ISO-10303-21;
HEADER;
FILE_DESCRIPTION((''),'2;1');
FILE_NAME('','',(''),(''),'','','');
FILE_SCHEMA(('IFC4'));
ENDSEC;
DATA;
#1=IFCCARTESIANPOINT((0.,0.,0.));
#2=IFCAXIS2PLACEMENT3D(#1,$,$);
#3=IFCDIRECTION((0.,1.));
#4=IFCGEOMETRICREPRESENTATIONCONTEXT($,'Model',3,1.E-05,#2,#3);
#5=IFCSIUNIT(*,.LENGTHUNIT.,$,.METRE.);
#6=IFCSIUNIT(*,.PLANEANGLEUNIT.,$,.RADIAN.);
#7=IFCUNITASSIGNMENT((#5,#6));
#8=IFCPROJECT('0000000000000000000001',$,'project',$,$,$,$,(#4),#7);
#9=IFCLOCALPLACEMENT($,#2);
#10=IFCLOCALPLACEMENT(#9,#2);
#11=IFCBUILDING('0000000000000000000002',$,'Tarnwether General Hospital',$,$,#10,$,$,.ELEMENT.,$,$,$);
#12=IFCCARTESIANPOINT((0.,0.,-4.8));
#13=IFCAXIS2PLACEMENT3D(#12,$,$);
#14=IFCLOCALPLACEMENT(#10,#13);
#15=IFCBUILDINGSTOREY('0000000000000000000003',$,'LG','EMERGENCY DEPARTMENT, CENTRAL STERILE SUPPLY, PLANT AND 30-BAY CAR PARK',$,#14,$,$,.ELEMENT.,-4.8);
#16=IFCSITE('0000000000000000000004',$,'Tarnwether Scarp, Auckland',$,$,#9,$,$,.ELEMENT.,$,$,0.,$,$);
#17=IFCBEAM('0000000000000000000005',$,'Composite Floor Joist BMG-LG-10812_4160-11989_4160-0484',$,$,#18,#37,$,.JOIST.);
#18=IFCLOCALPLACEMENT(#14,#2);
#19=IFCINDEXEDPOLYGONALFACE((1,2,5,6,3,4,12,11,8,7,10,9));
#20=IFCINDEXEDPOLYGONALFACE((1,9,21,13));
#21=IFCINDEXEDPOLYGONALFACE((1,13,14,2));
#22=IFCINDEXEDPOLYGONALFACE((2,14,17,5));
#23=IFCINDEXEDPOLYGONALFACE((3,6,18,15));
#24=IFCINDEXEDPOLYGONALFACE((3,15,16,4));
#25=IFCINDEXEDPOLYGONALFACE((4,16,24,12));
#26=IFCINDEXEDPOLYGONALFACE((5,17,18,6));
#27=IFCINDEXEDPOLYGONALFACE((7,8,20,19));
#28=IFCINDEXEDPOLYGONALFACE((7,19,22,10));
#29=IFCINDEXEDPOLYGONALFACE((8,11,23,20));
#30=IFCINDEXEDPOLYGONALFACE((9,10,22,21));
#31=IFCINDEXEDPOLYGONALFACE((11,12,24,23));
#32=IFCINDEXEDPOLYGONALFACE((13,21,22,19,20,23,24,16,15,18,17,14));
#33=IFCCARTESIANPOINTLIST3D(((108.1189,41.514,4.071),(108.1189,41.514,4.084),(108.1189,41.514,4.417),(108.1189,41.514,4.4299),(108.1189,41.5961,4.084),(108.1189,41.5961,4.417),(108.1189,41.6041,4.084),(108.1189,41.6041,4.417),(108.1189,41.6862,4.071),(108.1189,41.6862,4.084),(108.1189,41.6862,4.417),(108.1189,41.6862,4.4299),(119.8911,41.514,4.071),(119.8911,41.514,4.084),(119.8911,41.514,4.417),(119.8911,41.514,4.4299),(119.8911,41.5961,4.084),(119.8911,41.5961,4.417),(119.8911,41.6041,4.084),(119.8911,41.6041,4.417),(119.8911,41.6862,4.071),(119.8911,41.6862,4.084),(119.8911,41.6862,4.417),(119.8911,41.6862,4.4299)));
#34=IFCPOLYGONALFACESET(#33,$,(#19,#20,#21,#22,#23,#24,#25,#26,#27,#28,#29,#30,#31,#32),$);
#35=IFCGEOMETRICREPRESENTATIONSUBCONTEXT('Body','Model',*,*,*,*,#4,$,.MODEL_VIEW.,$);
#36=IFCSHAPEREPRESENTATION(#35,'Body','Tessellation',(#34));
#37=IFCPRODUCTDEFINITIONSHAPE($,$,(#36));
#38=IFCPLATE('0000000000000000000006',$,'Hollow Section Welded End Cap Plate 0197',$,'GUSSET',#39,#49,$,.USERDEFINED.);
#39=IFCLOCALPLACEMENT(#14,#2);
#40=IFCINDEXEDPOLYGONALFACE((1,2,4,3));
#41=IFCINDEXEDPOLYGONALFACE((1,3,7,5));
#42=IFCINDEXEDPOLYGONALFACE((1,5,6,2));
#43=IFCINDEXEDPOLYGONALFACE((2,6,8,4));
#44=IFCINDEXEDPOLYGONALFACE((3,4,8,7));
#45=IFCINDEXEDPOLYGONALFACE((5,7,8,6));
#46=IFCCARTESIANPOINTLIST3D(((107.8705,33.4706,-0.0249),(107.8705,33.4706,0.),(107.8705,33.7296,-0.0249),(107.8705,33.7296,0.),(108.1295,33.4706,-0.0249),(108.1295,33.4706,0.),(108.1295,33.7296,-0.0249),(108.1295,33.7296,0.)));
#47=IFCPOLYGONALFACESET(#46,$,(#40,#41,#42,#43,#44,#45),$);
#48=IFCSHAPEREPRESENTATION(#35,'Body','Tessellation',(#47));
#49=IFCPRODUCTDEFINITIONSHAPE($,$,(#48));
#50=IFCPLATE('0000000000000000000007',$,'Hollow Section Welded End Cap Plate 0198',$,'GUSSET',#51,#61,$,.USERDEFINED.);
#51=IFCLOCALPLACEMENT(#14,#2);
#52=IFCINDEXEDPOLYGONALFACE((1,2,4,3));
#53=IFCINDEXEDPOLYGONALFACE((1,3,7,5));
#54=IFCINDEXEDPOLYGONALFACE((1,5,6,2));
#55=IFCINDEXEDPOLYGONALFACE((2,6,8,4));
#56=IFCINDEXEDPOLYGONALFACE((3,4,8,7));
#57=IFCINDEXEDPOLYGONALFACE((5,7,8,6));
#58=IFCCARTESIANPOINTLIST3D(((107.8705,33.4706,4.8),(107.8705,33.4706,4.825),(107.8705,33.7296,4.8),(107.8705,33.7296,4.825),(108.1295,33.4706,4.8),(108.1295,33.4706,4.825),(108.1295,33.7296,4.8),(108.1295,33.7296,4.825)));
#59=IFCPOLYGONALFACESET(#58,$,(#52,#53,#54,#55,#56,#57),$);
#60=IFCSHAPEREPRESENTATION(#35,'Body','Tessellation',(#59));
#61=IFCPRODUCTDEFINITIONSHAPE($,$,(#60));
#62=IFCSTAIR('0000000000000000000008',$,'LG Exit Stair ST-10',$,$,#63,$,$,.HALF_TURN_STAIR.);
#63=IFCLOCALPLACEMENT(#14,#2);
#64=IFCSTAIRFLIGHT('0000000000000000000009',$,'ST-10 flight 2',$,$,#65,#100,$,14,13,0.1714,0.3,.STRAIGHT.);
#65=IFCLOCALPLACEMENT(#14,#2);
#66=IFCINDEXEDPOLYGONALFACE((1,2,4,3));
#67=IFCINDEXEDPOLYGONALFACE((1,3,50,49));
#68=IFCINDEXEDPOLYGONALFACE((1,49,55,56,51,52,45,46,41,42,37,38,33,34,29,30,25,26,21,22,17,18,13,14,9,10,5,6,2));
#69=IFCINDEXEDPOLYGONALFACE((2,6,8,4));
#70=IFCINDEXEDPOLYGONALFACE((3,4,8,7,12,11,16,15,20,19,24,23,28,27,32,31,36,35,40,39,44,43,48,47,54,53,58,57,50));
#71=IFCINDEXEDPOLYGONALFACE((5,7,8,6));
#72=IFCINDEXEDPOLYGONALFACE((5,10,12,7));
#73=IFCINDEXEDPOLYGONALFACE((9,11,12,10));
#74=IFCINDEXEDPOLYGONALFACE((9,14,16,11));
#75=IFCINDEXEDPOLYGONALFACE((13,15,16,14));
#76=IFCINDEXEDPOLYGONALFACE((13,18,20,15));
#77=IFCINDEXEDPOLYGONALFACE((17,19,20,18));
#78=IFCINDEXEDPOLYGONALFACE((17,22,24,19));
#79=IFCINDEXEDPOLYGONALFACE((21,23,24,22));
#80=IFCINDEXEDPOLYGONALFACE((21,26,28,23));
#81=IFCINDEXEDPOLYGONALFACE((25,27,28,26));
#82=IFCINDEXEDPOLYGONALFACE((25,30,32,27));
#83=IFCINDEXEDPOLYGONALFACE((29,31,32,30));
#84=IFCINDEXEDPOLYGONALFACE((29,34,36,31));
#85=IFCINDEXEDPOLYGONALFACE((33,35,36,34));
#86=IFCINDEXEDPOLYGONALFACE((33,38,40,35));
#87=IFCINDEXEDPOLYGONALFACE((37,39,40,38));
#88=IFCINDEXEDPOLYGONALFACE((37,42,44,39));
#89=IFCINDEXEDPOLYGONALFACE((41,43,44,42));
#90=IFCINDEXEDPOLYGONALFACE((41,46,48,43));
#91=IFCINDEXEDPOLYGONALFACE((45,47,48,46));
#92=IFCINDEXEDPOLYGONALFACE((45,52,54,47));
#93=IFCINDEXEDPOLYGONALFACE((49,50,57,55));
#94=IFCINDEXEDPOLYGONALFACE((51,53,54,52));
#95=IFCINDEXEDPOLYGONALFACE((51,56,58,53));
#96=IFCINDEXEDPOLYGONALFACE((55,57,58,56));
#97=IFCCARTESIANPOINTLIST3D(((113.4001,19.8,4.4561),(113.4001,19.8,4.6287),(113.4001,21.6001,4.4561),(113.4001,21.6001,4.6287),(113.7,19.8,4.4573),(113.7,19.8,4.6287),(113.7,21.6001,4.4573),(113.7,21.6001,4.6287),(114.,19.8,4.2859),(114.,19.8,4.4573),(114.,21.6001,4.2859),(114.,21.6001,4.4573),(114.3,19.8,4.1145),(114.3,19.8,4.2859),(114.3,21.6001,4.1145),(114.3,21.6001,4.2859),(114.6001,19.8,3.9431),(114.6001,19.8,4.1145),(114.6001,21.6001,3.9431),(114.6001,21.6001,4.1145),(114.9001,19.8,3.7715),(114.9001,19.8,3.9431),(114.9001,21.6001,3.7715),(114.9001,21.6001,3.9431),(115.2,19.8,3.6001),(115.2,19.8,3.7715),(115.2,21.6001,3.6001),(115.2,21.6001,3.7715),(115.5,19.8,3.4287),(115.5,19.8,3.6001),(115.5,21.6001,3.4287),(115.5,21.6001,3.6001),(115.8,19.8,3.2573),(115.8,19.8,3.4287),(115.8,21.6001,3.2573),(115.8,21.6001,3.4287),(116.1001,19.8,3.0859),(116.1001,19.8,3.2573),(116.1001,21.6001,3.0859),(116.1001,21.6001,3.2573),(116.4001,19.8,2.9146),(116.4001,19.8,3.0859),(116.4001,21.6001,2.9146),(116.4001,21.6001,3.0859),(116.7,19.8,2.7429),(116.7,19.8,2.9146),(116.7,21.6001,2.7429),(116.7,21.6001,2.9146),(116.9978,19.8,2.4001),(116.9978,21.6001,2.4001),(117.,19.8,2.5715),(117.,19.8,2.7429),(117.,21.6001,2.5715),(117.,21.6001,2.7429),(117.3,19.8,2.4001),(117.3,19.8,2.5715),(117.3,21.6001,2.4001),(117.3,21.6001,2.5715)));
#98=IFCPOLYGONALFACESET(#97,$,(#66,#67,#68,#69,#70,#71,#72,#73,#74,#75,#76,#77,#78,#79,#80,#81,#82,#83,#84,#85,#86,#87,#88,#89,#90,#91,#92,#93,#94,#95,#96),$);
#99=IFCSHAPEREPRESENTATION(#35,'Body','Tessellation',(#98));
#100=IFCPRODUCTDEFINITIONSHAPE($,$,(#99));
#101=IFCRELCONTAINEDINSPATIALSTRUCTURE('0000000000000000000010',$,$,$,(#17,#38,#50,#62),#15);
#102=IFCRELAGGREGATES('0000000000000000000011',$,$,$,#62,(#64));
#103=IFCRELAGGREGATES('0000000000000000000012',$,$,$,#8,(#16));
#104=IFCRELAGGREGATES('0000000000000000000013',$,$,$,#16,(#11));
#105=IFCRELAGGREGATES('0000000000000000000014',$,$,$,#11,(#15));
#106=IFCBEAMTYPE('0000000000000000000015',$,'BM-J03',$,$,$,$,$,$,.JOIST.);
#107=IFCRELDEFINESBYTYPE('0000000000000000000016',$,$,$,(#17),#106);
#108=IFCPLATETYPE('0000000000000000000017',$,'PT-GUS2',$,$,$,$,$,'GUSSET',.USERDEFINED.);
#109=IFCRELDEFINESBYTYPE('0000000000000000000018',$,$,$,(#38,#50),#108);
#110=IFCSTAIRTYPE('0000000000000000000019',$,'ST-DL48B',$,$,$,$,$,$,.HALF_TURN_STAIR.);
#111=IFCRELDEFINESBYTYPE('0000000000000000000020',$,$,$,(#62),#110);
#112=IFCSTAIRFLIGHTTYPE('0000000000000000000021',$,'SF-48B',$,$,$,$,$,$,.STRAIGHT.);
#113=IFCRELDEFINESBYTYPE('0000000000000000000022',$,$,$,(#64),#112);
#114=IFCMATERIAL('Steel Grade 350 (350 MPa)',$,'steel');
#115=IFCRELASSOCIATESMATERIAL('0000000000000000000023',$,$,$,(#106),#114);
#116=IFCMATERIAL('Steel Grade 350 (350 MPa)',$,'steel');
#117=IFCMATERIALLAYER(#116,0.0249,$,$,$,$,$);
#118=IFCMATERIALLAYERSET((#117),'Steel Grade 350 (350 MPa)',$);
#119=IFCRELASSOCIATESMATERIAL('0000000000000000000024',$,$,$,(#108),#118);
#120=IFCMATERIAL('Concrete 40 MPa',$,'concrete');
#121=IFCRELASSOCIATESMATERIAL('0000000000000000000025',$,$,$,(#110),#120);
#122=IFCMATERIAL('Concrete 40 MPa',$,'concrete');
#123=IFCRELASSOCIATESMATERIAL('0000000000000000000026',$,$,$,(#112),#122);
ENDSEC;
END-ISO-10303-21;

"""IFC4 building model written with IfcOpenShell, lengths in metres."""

from ifc_helpers import new_model, si_unit, direction, frame, origin, origin_2d, place, context, subcontext, project, spatial, polyline, rectangle, i_section, outline, extrude, material, layer, layer_set, material_profile, profile_set, type_object, element, aggregate, save


model = new_model("IFC4")

# Units and contexts
model_context = context("Model", 3, precision=1e-05, world=origin(), true_north=direction((0.0, 1.0)))
body_context = subcontext(model_context, "Body", "Model", "MODEL_VIEW")
ifc_project = project(units=[si_unit("LENGTHUNIT", "METRE"), si_unit("PLANEANGLEUNIT", "RADIAN")], contexts=[model_context])

# Site, building, storey
site_placement = place(None, origin())
site = spatial("IfcSite", under=ifc_project, at=site_placement, Name="Tarnwether Scarp, Auckland", CompositionType="ELEMENT", RefElevation=0.0)
building_placement = place(site_placement, origin())
building = spatial("IfcBuilding", under=site, at=building_placement, Name="Tarnwether General Hospital", CompositionType="ELEMENT")
storey_placement = place(building_placement, frame((0.0, 0.0, -4.8)))
storey = spatial("IfcBuildingStorey", under=building, at=storey_placement, Name="LG", Description="EMERGENCY DEPARTMENT, CENTRAL STERILE SUPPLY, PLANT AND 30-BAY CAR PARK", CompositionType="ELEMENT", Elevation=-4.8)

# Beam
ifc_material_1 = material(Name="Steel Grade 350 (350 MPa)", Category="steel")
ifc_material_profile_1 = material_profile(ifc_material_1, i_section(OverallWidth=0.1721, OverallDepth=0.3589, WebThickness=0.0081, FlangeThickness=0.0129, at=origin_2d()), Name="360UB56.7")
ifc_profile_set_1 = profile_set([ifc_material_profile_1], Name="Steel Grade 350 (350 MPa)")
beam_type_1 = type_object("IfcBeamType", Name="BM-J03", PredefinedType="JOIST", material=ifc_profile_set_1)
beam_1_placement = place(storey_placement, frame((108.1189, 41.6001, 4.2505), z_axis=(1.0, 0.0, 0.0), x_axis=(0.0, 1.0, 0.0)))
element("IfcBeam", 1, at=beam_1_placement, inside=storey, type_object=beam_type_1, Name="Composite Floor Joist BMG-LG-10812_4160-11989_4160-0484", PredefinedType="JOIST", context=body_context, shape_type="SweptSolid", body=[
    extrude(i_section(OverallWidth=0.1721, OverallDepth=0.3589, WebThickness=0.0081, FlangeThickness=0.0129, at=origin_2d()), origin(), (0.0, 0.0, 1.0), 11.7722),
])

# Plates
ifc_material_2 = material(Name="Steel Grade 350 (350 MPa)", Category="steel")
ifc_layer = layer(ifc_material_2, 0.0249)
ifc_layer_set = layer_set([ifc_layer], Name="Steel Grade 350 (350 MPa)")
plate_type = type_object("IfcPlateType", Name="PT-GUS2", ElementType="GUSSET", PredefinedType="USERDEFINED", material=ifc_layer_set)
for number, where, z_axis, x_axis, name in (
    (2, (108.0, 33.6001, -0.0249), (0.0, 0.0, 1.0), (1.0, 0.0, 0.0), "Hollow Section Welded End Cap Plate 0197"),
    (3, (108.0, 33.6001, 4.8), (0.0, 0.0, 1.0), (1.0, 0.0, 0.0), "Hollow Section Welded End Cap Plate 0198"),
):
    element("IfcPlate", number, at=place(storey_placement, frame(where, z_axis=z_axis, x_axis=x_axis)), inside=storey, type_object=plate_type, Name=name, ObjectType="GUSSET", PredefinedType="USERDEFINED", context=body_context, shape_type="SweptSolid", body=[
        extrude(rectangle(XDim=0.259, YDim=0.259, at=origin_2d()), origin(), (0.0, 0.0, 1.0), 0.0249),
    ])

# Stair, stair flight
ifc_material_3 = material(Name="Concrete 40 MPa", Category="concrete")
stair_type = type_object("IfcStairType", Name="ST-DL48B", PredefinedType="HALF_TURN_STAIR", material=ifc_material_3)
stair_placement = place(storey_placement, origin())
stair = element("IfcStair", 4, at=stair_placement, inside=storey, type_object=stair_type, Name="LG Exit Stair ST-10", PredefinedType="HALF_TURN_STAIR")
ifc_material_4 = material(Name="Concrete 40 MPa", Category="concrete")
stair_flight_type = type_object("IfcStairFlightType", Name="SF-48B", PredefinedType="STRAIGHT", material=ifc_material_4)
stair_flight_placement = place(storey_placement, frame((117.3, 20.7, 2.4001), z_axis=(0.0, 0.0, 1.0), x_axis=(-1.0, 0.0, 0.0)))
stair_flight = element("IfcStairFlight", 5, at=stair_flight_placement, type_object=stair_flight_type, Name="ST-10 flight 2", NumberOfRisers=14, NumberOfTreads=13, PredefinedType="STRAIGHT", RiserHeight=0.1714, TreadLength=0.3, context=body_context, shape_type="SweptSolid", body=[
    extrude(outline(polyline([(0.0, 0.0), (0.0, 0.1714), (0.3, 0.1714), (0.3, 0.3428), (0.6001, 0.3428), (0.6001, 0.5144), (0.8999, 0.5144), (0.8999, 0.6858), (1.2, 0.6858), (1.2, 0.8572), (1.5, 0.8572), (1.5, 1.0286), (1.8, 1.0286), (1.8, 1.2), (2.1001, 1.2), (2.1001, 1.3713), (2.3999, 1.3713), (2.3999, 1.543), (2.7, 1.543), (2.7, 1.7144), (3.0, 1.7144), (3.0, 1.8857), (3.3, 1.8857), (3.3, 2.0571), (3.6001, 2.0571), (3.6001, 2.2285), (3.8999, 2.2285), (3.8999, 2.3999), (3.8999, 2.0559), (0.3022, 0.0), (0.0, 0.0)])), frame((0.0, 0.8999, 0.0), z_axis=(0.0, -1.0, 0.0), x_axis=(1.0, 0.0, 0.0)), (0.0, 0.0, 1.0), 1.8),
])
aggregate(stair, [stair_flight])

save(model, "model.ifc")
